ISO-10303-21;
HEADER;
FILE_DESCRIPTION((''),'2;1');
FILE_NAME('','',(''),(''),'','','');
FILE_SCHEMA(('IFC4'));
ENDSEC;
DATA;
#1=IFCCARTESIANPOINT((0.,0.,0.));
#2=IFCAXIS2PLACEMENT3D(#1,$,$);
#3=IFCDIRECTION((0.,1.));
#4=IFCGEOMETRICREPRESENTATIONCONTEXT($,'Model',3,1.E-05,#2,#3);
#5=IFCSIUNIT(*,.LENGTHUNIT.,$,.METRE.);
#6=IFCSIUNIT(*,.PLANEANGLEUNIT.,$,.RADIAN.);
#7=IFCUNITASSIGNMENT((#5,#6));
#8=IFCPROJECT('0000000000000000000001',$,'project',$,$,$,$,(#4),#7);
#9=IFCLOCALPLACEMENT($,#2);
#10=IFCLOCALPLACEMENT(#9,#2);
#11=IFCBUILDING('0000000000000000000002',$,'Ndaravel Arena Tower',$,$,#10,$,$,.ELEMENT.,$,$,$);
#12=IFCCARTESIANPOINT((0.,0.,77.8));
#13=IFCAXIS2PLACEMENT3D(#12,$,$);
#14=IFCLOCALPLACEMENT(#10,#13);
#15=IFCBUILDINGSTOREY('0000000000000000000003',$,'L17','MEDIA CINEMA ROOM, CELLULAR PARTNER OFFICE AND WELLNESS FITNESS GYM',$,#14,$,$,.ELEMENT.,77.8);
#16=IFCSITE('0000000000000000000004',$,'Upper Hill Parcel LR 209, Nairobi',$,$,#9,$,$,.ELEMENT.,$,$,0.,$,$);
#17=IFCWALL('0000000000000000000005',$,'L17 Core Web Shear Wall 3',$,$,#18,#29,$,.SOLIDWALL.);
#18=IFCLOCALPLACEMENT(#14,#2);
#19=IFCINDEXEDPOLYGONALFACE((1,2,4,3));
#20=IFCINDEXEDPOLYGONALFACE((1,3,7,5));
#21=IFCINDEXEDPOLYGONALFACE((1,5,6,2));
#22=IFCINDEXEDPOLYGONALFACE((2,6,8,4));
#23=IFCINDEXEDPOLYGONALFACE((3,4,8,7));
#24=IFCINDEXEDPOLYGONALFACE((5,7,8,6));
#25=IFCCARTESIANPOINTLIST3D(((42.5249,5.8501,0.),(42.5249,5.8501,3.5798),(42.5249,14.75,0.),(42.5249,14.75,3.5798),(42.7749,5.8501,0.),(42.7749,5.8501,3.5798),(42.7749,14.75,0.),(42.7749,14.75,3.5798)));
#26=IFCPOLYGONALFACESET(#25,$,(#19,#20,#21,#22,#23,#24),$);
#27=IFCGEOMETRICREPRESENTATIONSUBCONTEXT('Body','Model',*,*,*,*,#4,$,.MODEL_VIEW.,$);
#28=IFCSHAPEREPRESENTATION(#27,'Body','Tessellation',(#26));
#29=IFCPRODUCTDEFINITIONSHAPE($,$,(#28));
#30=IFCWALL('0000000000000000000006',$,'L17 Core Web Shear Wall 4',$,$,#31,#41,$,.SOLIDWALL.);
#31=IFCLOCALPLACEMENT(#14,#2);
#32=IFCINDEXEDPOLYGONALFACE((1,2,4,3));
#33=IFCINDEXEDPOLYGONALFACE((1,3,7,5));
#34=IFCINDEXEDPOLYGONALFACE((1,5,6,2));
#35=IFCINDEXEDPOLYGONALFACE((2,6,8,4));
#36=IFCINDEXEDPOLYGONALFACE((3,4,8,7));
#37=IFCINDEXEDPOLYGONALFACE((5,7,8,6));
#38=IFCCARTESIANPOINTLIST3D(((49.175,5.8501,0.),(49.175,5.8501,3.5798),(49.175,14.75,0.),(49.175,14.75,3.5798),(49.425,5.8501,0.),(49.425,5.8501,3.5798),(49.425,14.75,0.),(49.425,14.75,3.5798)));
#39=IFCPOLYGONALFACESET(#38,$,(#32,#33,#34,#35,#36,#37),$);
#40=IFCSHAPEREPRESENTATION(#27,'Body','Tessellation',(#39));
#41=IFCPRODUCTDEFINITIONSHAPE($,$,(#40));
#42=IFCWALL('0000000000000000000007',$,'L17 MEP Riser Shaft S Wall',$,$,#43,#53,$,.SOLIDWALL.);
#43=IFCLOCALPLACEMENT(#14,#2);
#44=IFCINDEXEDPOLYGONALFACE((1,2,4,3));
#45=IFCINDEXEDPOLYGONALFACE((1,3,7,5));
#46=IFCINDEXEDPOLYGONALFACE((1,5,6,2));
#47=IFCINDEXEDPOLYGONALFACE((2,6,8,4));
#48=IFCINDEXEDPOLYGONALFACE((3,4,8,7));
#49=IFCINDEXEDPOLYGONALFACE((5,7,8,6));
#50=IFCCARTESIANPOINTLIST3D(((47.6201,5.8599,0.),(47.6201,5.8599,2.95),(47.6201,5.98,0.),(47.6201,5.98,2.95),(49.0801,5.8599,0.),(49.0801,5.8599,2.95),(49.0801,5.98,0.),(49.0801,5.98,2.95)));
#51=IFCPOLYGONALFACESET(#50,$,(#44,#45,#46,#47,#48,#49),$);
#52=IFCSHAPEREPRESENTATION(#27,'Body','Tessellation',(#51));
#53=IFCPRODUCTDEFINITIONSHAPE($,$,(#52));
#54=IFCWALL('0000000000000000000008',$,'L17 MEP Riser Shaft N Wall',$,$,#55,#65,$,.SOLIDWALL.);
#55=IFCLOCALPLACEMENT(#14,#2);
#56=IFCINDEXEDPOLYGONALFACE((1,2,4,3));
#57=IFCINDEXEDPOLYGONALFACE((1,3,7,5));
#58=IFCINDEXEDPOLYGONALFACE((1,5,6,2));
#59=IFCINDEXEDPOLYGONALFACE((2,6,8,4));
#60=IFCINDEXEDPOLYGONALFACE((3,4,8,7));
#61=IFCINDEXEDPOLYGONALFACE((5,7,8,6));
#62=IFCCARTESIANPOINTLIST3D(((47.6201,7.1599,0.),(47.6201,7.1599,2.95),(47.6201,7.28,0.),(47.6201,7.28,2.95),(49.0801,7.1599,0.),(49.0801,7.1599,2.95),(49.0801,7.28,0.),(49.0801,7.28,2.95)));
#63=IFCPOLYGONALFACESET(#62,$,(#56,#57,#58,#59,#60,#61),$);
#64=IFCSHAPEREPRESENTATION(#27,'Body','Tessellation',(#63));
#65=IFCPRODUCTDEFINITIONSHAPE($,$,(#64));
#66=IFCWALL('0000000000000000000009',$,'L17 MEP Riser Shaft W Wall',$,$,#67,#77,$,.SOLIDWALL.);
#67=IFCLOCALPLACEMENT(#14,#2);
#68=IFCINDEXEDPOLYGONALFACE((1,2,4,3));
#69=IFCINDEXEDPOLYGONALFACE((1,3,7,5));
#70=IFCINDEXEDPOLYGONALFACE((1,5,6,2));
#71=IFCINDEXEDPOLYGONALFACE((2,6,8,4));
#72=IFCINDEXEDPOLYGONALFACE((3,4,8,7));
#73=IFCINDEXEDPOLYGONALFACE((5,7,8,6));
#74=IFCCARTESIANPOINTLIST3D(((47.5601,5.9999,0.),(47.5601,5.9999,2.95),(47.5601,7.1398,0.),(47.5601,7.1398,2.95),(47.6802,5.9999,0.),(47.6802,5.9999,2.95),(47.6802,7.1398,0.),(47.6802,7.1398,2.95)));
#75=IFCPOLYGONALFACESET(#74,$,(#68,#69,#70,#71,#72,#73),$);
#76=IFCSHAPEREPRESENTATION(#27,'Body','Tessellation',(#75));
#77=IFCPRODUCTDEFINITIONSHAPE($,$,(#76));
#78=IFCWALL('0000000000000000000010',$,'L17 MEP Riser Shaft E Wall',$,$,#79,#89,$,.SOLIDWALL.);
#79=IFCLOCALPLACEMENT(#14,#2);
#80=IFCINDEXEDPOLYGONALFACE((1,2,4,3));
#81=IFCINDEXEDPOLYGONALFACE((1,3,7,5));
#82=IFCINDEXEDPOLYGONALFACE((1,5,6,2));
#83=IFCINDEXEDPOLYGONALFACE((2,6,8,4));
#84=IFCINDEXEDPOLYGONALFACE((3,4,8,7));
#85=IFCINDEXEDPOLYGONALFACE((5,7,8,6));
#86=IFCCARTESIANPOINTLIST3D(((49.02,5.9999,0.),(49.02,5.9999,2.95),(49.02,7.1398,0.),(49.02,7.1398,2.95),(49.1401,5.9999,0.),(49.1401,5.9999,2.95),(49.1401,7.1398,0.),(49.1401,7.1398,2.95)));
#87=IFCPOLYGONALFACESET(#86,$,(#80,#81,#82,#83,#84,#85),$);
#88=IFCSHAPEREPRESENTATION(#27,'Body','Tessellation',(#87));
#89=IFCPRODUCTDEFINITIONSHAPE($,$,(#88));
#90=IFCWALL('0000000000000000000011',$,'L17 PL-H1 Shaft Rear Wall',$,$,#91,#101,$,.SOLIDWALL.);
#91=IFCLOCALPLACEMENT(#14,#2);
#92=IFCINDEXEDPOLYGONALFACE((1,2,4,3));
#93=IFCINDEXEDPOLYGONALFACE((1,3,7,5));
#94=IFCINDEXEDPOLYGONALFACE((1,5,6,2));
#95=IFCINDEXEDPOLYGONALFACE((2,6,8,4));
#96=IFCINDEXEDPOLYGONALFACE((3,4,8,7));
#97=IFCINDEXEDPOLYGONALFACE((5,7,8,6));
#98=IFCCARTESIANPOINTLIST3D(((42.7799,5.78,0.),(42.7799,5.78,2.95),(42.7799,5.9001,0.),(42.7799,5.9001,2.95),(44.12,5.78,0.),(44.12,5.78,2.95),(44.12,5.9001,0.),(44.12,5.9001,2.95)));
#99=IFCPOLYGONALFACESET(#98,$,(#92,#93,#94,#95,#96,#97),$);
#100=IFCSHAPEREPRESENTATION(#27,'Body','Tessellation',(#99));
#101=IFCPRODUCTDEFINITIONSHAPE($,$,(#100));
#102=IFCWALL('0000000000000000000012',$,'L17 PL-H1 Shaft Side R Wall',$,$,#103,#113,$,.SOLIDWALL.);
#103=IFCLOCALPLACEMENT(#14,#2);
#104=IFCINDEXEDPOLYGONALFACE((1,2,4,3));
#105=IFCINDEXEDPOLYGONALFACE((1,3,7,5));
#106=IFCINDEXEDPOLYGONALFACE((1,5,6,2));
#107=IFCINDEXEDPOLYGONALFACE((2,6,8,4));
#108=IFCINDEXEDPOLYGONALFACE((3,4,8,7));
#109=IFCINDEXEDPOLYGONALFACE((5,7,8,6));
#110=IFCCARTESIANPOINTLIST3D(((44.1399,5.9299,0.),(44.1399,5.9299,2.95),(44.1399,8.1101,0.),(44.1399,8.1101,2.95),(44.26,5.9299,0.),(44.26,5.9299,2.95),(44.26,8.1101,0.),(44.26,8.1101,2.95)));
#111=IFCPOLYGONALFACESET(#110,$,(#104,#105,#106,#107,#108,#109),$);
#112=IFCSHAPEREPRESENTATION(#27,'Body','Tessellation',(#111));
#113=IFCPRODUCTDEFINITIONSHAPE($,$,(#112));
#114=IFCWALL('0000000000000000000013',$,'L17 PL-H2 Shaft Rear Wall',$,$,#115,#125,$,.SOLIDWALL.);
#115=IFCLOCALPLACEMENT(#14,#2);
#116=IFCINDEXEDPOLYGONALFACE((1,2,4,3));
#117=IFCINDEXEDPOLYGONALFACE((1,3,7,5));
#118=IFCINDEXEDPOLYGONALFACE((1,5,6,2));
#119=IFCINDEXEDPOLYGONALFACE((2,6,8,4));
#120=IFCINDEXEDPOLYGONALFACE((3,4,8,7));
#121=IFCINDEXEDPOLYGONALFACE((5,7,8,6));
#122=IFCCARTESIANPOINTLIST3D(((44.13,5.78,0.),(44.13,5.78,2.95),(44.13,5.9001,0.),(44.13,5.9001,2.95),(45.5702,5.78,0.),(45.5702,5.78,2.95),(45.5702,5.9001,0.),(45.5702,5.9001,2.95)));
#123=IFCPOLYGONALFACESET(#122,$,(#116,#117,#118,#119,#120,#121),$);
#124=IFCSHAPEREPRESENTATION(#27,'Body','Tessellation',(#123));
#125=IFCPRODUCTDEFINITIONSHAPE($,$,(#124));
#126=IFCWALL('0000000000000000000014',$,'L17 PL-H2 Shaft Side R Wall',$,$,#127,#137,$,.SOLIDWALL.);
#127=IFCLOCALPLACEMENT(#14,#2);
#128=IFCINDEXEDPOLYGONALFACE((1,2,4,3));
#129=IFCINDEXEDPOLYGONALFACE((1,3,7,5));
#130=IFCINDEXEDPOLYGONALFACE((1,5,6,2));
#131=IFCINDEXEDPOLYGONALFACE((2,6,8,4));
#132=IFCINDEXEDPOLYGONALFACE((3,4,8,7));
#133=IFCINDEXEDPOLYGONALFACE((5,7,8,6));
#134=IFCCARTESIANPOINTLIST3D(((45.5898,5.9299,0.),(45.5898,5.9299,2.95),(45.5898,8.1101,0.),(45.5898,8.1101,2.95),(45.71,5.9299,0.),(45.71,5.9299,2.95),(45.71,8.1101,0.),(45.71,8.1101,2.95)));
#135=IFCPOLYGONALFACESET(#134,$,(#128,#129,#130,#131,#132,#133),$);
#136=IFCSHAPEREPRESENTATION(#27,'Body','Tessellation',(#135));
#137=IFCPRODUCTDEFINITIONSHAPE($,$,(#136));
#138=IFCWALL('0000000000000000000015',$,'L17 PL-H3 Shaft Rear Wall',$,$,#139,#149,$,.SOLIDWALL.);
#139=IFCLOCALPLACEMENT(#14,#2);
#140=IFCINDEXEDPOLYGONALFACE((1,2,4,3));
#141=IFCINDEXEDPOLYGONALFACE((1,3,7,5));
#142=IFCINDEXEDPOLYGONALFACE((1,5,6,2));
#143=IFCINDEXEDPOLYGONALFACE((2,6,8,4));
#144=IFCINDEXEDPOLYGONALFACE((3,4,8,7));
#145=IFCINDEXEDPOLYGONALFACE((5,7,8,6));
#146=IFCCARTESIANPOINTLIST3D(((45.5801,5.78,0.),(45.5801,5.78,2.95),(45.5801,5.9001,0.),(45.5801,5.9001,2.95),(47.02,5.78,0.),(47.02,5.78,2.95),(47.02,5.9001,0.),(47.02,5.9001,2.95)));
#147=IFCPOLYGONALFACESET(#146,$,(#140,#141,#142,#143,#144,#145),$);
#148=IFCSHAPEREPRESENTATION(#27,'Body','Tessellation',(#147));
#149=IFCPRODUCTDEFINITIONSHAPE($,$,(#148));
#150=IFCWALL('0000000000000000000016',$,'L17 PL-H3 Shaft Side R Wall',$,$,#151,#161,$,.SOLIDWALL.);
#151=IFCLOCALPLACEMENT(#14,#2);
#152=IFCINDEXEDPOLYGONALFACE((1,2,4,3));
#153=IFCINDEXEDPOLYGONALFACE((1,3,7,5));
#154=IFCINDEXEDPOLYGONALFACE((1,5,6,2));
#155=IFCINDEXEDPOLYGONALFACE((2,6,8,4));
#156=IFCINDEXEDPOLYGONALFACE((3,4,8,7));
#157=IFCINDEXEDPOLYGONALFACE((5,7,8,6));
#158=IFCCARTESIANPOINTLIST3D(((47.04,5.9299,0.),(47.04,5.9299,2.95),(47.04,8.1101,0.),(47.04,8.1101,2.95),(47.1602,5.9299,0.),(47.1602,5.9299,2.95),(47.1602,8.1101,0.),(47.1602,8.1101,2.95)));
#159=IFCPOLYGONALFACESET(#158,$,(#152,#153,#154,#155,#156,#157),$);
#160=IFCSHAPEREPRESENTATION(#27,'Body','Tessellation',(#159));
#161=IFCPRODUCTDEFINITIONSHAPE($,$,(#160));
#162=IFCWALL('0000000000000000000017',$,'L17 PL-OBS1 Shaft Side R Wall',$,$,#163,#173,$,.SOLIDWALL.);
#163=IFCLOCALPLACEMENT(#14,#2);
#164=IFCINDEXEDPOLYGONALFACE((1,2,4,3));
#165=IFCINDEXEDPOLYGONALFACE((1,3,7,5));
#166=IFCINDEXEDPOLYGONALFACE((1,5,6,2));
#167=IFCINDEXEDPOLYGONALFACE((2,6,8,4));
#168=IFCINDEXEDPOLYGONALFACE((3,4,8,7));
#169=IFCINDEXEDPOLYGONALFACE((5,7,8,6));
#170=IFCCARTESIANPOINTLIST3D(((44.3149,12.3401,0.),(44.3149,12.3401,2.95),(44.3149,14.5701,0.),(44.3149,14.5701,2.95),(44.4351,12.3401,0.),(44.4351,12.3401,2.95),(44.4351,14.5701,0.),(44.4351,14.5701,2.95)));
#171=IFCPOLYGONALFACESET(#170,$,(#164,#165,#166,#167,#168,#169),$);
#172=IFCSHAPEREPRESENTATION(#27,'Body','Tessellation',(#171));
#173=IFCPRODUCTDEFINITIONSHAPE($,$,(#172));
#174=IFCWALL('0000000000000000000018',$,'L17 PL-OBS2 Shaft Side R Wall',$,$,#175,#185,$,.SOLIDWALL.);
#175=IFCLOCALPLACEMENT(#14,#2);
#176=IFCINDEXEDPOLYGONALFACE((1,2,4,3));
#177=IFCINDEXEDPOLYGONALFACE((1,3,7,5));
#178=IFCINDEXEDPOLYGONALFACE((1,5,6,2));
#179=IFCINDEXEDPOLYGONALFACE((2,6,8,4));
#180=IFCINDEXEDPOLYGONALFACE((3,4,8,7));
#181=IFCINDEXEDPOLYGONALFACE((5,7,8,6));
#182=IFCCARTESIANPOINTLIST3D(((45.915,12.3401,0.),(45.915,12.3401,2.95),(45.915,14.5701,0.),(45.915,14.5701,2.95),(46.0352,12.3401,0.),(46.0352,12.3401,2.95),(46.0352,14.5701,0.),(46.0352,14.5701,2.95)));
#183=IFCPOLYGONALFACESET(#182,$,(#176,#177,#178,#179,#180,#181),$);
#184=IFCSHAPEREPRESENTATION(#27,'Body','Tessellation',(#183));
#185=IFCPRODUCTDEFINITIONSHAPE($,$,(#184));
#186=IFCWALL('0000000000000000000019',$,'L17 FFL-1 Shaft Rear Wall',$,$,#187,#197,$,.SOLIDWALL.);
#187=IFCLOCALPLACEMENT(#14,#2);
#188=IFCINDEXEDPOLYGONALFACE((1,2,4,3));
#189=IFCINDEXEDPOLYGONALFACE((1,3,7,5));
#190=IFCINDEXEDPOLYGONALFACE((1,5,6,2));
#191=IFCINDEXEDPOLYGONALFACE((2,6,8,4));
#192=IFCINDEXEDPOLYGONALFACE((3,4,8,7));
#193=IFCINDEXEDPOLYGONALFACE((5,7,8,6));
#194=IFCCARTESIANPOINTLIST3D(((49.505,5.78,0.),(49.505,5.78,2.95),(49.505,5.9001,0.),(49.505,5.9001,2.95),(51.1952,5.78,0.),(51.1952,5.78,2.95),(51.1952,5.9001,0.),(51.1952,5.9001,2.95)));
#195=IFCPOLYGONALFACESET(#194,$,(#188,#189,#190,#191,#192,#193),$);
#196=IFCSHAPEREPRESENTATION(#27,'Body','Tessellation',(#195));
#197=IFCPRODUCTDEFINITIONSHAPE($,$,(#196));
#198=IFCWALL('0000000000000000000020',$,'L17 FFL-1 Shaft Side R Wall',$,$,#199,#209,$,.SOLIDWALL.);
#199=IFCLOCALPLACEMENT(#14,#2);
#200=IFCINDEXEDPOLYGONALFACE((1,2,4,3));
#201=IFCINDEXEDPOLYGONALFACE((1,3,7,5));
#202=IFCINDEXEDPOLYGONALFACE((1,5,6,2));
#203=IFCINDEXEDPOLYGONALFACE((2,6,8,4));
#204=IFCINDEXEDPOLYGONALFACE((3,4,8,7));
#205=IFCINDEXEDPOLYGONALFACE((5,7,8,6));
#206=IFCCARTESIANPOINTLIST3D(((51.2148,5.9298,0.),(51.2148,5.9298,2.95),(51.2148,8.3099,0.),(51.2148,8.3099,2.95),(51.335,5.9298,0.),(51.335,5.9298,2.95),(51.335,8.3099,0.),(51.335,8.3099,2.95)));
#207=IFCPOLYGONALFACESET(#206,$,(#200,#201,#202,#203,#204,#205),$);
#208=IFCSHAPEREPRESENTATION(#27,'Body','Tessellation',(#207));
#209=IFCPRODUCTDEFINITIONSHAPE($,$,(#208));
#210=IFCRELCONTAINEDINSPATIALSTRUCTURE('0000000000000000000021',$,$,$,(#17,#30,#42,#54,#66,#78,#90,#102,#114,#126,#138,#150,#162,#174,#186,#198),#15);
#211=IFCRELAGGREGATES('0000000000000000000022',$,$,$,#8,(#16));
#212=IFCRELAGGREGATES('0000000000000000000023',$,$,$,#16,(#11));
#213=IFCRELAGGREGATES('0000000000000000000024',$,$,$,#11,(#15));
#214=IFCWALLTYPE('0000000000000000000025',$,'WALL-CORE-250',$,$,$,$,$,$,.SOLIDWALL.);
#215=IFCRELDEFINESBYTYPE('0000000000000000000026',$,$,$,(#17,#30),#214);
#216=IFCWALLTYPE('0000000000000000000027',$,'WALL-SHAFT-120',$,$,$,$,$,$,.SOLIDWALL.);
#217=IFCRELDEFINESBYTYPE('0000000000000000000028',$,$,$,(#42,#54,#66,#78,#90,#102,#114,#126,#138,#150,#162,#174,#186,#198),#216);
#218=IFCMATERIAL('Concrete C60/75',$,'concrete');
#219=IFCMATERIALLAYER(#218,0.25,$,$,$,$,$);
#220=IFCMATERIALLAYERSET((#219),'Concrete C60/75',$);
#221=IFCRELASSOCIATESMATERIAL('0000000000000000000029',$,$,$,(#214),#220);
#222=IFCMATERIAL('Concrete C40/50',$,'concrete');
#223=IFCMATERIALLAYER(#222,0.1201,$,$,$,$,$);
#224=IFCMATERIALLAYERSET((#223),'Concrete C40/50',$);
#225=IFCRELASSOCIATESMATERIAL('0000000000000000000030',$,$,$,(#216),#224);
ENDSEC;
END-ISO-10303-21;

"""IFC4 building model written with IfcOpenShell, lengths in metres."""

from ifc_helpers import new_model, si_unit, direction, frame, frame_2d, origin, place, context, subcontext, project, spatial, rectangle, extrude, material, layer, layer_set, type_object, element, save


model = new_model("IFC4")

# Units and contexts
model_context = context("Model", 3, precision=1e-05, world=origin(), true_north=direction((0.0, 1.0)))
body_context = subcontext(model_context, "Body", "Model", "MODEL_VIEW")
ifc_project = project(units=[si_unit("LENGTHUNIT", "METRE"), si_unit("PLANEANGLEUNIT", "RADIAN")], contexts=[model_context])

# Site, building, storey
site_placement = place(None, origin())
site = spatial("IfcSite", under=ifc_project, at=site_placement, Name="Upper Hill Parcel LR 209, Nairobi", CompositionType="ELEMENT", RefElevation=0.0)
building_placement = place(site_placement, origin())
building = spatial("IfcBuilding", under=site, at=building_placement, Name="Ndaravel Arena Tower", CompositionType="ELEMENT")
storey_placement = place(building_placement, frame((0.0, 0.0, 77.8)))
storey = spatial("IfcBuildingStorey", under=building, at=storey_placement, Name="L17", Description="MEDIA CINEMA ROOM, CELLULAR PARTNER OFFICE AND WELLNESS FITNESS GYM", CompositionType="ELEMENT", Elevation=77.8)

# Walls
ifc_material_1 = material(Name="Concrete C60/75", Category="concrete")
ifc_layer_1 = layer(ifc_material_1, 0.25)
ifc_layer_set_1 = layer_set([ifc_layer_1], Name="Concrete C60/75")
wall_type_1 = type_object("IfcWallType", Name="WALL-CORE-250", PredefinedType="SOLIDWALL", material=ifc_layer_set_1)
for number, where, z_axis, x_axis, name in (
    (1, (42.6499, 5.8501, 0.0), (0.0, 0.0, 1.0), (0.0, 1.0, 0.0), "L17 Core Web Shear Wall 3"),
    (2, (49.3, 5.8501, 0.0), (0.0, 0.0, 1.0), (0.0, 1.0, 0.0), "L17 Core Web Shear Wall 4"),
):
    element("IfcWall", number, at=place(storey_placement, frame(where, z_axis=z_axis, x_axis=x_axis)), inside=storey, type_object=wall_type_1, Name=name, PredefinedType="SOLIDWALL", context=body_context, shape_type="SweptSolid", body=[
        extrude(rectangle(XDim=8.8999, YDim=0.25, at=frame_2d((4.45, 0.0))), origin(), (0.0, 0.0, 1.0), 3.5798),
    ])
ifc_material_2 = material(Name="Concrete C40/50", Category="concrete")
ifc_layer_2 = layer(ifc_material_2, 0.1201)
ifc_layer_set_2 = layer_set([ifc_layer_2], Name="Concrete C40/50")
wall_type_2 = type_object("IfcWallType", Name="WALL-SHAFT-120", PredefinedType="SOLIDWALL", material=ifc_layer_set_2)
for number, where, z_axis, x_axis, name in (
    (3, (47.6201, 5.9199, 0.0), (0.0, 0.0, 1.0), (1.0, 0.0, 0.0), "L17 MEP Riser Shaft S Wall"),
    (4, (47.6201, 7.22, 0.0), (0.0, 0.0, 1.0), (1.0, 0.0, 0.0), "L17 MEP Riser Shaft N Wall"),
):
    element("IfcWall", number, at=place(storey_placement, frame(where, z_axis=z_axis, x_axis=x_axis)), inside=storey, type_object=wall_type_2, Name=name, PredefinedType="SOLIDWALL", context=body_context, shape_type="SweptSolid", body=[
        extrude(rectangle(XDim=1.46, YDim=0.1201, at=frame_2d((0.73, 0.0))), origin(), (0.0, 0.0, 1.0), 2.95),
    ])
for number, where, z_axis, x_axis, name in (
    (5, (47.6201, 6.0, 0.0), (0.0, 0.0, 1.0), (0.0, 1.0, 0.0), "L17 MEP Riser Shaft W Wall"),
    (6, (49.0801, 6.0, 0.0), (0.0, 0.0, 1.0), (0.0, 1.0, 0.0), "L17 MEP Riser Shaft E Wall"),
):
    element("IfcWall", number, at=place(storey_placement, frame(where, z_axis=z_axis, x_axis=x_axis)), inside=storey, type_object=wall_type_2, Name=name, PredefinedType="SOLIDWALL", context=body_context, shape_type="SweptSolid", body=[
        extrude(rectangle(XDim=1.1399, YDim=0.1201, at=frame_2d((0.5698, 0.0))), origin(), (0.0, 0.0, 1.0), 2.95),
    ])
wall_1_placement = place(storey_placement, frame((42.78, 5.8401, 0.0), z_axis=(0.0, 0.0, 1.0), x_axis=(1.0, 0.0, 0.0)))
element("IfcWall", 7, at=wall_1_placement, inside=storey, type_object=wall_type_2, Name="L17 PL-H1 Shaft Rear Wall", PredefinedType="SOLIDWALL", context=body_context, shape_type="SweptSolid", body=[
    extrude(rectangle(XDim=1.3401, YDim=0.1201, at=frame_2d((0.6699, 0.0))), origin(), (0.0, 0.0, 1.0), 2.95),
])
wall_2_placement = place(storey_placement, frame((44.2, 5.9299, 0.0), z_axis=(0.0, 0.0, 1.0), x_axis=(0.0, 1.0, 0.0)))
element("IfcWall", 8, at=wall_2_placement, inside=storey, type_object=wall_type_2, Name="L17 PL-H1 Shaft Side R Wall", PredefinedType="SOLIDWALL", context=body_context, shape_type="SweptSolid", body=[
    extrude(rectangle(XDim=2.1802, YDim=0.1201, at=frame_2d((1.0901, 0.0))), origin(), (0.0, 0.0, 1.0), 2.95),
])
wall_3_placement = place(storey_placement, frame((44.1299, 5.8401, 0.0), z_axis=(0.0, 0.0, 1.0), x_axis=(1.0, 0.0, 0.0)))
element("IfcWall", 9, at=wall_3_placement, inside=storey, type_object=wall_type_2, Name="L17 PL-H2 Shaft Rear Wall", PredefinedType="SOLIDWALL", context=body_context, shape_type="SweptSolid", body=[
    extrude(rectangle(XDim=1.4402, YDim=0.1201, at=frame_2d((0.7202, 0.0))), origin(), (0.0, 0.0, 1.0), 2.95),
])
wall_4_placement = place(storey_placement, frame((45.6499, 5.9299, 0.0), z_axis=(0.0, 0.0, 1.0), x_axis=(0.0, 1.0, 0.0)))
element("IfcWall", 10, at=wall_4_placement, inside=storey, type_object=wall_type_2, Name="L17 PL-H2 Shaft Side R Wall", PredefinedType="SOLIDWALL", context=body_context, shape_type="SweptSolid", body=[
    extrude(rectangle(XDim=2.1802, YDim=0.1201, at=frame_2d((1.0901, 0.0))), origin(), (0.0, 0.0, 1.0), 2.95),
])
wall_5_placement = place(storey_placement, frame((45.5801, 5.8401, 0.0), z_axis=(0.0, 0.0, 1.0), x_axis=(1.0, 0.0, 0.0)))
element("IfcWall", 11, at=wall_5_placement, inside=storey, type_object=wall_type_2, Name="L17 PL-H3 Shaft Rear Wall", PredefinedType="SOLIDWALL", context=body_context, shape_type="SweptSolid", body=[
    extrude(rectangle(XDim=1.4399, YDim=0.1201, at=frame_2d((0.72, 0.0))), origin(), (0.0, 0.0, 1.0), 2.95),
])
wall_6_placement = place(storey_placement, frame((47.1001, 5.9299, 0.0), z_axis=(0.0, 0.0, 1.0), x_axis=(0.0, 1.0, 0.0)))
element("IfcWall", 12, at=wall_6_placement, inside=storey, type_object=wall_type_2, Name="L17 PL-H3 Shaft Side R Wall", PredefinedType="SOLIDWALL", context=body_context, shape_type="SweptSolid", body=[
    extrude(rectangle(XDim=2.1802, YDim=0.1201, at=frame_2d((1.0901, 0.0))), origin(), (0.0, 0.0, 1.0), 2.95),
])
for number, where, z_axis, x_axis, name in (
    (13, (44.375, 12.3401, 0.0), (0.0, 0.0, 1.0), (0.0, 1.0, 0.0), "L17 PL-OBS1 Shaft Side R Wall"),
    (14, (45.9751, 12.3401, 0.0), (0.0, 0.0, 1.0), (0.0, 1.0, 0.0), "L17 PL-OBS2 Shaft Side R Wall"),
):
    element("IfcWall", number, at=place(storey_placement, frame(where, z_axis=z_axis, x_axis=x_axis)), inside=storey, type_object=wall_type_2, Name=name, PredefinedType="SOLIDWALL", context=body_context, shape_type="SweptSolid", body=[
        extrude(rectangle(XDim=2.23, YDim=0.1201, at=frame_2d((1.115, 0.0))), origin(), (0.0, 0.0, 1.0), 2.95),
    ])
wall_7_placement = place(storey_placement, frame((49.5049, 5.8401, 0.0), z_axis=(0.0, 0.0, 1.0), x_axis=(1.0, 0.0, 0.0)))
element("IfcWall", 15, at=wall_7_placement, inside=storey, type_object=wall_type_2, Name="L17 FFL-1 Shaft Rear Wall", PredefinedType="SOLIDWALL", context=body_context, shape_type="SweptSolid", body=[
    extrude(rectangle(XDim=1.6902, YDim=0.1201, at=frame_2d((0.8452, 0.0))), origin(), (0.0, 0.0, 1.0), 2.95),
])
wall_8_placement = place(storey_placement, frame((51.2749, 5.9299, 0.0), z_axis=(0.0, 0.0, 1.0), x_axis=(0.0, 1.0, 0.0)))
element("IfcWall", 16, at=wall_8_placement, inside=storey, type_object=wall_type_2, Name="L17 FFL-1 Shaft Side R Wall", PredefinedType="SOLIDWALL", context=body_context, shape_type="SweptSolid", body=[
    extrude(rectangle(XDim=2.3801, YDim=0.1201, at=frame_2d((1.1899, 0.0))), origin(), (0.0, 0.0, 1.0), 2.95),
])

save(model, "model.ifc")
